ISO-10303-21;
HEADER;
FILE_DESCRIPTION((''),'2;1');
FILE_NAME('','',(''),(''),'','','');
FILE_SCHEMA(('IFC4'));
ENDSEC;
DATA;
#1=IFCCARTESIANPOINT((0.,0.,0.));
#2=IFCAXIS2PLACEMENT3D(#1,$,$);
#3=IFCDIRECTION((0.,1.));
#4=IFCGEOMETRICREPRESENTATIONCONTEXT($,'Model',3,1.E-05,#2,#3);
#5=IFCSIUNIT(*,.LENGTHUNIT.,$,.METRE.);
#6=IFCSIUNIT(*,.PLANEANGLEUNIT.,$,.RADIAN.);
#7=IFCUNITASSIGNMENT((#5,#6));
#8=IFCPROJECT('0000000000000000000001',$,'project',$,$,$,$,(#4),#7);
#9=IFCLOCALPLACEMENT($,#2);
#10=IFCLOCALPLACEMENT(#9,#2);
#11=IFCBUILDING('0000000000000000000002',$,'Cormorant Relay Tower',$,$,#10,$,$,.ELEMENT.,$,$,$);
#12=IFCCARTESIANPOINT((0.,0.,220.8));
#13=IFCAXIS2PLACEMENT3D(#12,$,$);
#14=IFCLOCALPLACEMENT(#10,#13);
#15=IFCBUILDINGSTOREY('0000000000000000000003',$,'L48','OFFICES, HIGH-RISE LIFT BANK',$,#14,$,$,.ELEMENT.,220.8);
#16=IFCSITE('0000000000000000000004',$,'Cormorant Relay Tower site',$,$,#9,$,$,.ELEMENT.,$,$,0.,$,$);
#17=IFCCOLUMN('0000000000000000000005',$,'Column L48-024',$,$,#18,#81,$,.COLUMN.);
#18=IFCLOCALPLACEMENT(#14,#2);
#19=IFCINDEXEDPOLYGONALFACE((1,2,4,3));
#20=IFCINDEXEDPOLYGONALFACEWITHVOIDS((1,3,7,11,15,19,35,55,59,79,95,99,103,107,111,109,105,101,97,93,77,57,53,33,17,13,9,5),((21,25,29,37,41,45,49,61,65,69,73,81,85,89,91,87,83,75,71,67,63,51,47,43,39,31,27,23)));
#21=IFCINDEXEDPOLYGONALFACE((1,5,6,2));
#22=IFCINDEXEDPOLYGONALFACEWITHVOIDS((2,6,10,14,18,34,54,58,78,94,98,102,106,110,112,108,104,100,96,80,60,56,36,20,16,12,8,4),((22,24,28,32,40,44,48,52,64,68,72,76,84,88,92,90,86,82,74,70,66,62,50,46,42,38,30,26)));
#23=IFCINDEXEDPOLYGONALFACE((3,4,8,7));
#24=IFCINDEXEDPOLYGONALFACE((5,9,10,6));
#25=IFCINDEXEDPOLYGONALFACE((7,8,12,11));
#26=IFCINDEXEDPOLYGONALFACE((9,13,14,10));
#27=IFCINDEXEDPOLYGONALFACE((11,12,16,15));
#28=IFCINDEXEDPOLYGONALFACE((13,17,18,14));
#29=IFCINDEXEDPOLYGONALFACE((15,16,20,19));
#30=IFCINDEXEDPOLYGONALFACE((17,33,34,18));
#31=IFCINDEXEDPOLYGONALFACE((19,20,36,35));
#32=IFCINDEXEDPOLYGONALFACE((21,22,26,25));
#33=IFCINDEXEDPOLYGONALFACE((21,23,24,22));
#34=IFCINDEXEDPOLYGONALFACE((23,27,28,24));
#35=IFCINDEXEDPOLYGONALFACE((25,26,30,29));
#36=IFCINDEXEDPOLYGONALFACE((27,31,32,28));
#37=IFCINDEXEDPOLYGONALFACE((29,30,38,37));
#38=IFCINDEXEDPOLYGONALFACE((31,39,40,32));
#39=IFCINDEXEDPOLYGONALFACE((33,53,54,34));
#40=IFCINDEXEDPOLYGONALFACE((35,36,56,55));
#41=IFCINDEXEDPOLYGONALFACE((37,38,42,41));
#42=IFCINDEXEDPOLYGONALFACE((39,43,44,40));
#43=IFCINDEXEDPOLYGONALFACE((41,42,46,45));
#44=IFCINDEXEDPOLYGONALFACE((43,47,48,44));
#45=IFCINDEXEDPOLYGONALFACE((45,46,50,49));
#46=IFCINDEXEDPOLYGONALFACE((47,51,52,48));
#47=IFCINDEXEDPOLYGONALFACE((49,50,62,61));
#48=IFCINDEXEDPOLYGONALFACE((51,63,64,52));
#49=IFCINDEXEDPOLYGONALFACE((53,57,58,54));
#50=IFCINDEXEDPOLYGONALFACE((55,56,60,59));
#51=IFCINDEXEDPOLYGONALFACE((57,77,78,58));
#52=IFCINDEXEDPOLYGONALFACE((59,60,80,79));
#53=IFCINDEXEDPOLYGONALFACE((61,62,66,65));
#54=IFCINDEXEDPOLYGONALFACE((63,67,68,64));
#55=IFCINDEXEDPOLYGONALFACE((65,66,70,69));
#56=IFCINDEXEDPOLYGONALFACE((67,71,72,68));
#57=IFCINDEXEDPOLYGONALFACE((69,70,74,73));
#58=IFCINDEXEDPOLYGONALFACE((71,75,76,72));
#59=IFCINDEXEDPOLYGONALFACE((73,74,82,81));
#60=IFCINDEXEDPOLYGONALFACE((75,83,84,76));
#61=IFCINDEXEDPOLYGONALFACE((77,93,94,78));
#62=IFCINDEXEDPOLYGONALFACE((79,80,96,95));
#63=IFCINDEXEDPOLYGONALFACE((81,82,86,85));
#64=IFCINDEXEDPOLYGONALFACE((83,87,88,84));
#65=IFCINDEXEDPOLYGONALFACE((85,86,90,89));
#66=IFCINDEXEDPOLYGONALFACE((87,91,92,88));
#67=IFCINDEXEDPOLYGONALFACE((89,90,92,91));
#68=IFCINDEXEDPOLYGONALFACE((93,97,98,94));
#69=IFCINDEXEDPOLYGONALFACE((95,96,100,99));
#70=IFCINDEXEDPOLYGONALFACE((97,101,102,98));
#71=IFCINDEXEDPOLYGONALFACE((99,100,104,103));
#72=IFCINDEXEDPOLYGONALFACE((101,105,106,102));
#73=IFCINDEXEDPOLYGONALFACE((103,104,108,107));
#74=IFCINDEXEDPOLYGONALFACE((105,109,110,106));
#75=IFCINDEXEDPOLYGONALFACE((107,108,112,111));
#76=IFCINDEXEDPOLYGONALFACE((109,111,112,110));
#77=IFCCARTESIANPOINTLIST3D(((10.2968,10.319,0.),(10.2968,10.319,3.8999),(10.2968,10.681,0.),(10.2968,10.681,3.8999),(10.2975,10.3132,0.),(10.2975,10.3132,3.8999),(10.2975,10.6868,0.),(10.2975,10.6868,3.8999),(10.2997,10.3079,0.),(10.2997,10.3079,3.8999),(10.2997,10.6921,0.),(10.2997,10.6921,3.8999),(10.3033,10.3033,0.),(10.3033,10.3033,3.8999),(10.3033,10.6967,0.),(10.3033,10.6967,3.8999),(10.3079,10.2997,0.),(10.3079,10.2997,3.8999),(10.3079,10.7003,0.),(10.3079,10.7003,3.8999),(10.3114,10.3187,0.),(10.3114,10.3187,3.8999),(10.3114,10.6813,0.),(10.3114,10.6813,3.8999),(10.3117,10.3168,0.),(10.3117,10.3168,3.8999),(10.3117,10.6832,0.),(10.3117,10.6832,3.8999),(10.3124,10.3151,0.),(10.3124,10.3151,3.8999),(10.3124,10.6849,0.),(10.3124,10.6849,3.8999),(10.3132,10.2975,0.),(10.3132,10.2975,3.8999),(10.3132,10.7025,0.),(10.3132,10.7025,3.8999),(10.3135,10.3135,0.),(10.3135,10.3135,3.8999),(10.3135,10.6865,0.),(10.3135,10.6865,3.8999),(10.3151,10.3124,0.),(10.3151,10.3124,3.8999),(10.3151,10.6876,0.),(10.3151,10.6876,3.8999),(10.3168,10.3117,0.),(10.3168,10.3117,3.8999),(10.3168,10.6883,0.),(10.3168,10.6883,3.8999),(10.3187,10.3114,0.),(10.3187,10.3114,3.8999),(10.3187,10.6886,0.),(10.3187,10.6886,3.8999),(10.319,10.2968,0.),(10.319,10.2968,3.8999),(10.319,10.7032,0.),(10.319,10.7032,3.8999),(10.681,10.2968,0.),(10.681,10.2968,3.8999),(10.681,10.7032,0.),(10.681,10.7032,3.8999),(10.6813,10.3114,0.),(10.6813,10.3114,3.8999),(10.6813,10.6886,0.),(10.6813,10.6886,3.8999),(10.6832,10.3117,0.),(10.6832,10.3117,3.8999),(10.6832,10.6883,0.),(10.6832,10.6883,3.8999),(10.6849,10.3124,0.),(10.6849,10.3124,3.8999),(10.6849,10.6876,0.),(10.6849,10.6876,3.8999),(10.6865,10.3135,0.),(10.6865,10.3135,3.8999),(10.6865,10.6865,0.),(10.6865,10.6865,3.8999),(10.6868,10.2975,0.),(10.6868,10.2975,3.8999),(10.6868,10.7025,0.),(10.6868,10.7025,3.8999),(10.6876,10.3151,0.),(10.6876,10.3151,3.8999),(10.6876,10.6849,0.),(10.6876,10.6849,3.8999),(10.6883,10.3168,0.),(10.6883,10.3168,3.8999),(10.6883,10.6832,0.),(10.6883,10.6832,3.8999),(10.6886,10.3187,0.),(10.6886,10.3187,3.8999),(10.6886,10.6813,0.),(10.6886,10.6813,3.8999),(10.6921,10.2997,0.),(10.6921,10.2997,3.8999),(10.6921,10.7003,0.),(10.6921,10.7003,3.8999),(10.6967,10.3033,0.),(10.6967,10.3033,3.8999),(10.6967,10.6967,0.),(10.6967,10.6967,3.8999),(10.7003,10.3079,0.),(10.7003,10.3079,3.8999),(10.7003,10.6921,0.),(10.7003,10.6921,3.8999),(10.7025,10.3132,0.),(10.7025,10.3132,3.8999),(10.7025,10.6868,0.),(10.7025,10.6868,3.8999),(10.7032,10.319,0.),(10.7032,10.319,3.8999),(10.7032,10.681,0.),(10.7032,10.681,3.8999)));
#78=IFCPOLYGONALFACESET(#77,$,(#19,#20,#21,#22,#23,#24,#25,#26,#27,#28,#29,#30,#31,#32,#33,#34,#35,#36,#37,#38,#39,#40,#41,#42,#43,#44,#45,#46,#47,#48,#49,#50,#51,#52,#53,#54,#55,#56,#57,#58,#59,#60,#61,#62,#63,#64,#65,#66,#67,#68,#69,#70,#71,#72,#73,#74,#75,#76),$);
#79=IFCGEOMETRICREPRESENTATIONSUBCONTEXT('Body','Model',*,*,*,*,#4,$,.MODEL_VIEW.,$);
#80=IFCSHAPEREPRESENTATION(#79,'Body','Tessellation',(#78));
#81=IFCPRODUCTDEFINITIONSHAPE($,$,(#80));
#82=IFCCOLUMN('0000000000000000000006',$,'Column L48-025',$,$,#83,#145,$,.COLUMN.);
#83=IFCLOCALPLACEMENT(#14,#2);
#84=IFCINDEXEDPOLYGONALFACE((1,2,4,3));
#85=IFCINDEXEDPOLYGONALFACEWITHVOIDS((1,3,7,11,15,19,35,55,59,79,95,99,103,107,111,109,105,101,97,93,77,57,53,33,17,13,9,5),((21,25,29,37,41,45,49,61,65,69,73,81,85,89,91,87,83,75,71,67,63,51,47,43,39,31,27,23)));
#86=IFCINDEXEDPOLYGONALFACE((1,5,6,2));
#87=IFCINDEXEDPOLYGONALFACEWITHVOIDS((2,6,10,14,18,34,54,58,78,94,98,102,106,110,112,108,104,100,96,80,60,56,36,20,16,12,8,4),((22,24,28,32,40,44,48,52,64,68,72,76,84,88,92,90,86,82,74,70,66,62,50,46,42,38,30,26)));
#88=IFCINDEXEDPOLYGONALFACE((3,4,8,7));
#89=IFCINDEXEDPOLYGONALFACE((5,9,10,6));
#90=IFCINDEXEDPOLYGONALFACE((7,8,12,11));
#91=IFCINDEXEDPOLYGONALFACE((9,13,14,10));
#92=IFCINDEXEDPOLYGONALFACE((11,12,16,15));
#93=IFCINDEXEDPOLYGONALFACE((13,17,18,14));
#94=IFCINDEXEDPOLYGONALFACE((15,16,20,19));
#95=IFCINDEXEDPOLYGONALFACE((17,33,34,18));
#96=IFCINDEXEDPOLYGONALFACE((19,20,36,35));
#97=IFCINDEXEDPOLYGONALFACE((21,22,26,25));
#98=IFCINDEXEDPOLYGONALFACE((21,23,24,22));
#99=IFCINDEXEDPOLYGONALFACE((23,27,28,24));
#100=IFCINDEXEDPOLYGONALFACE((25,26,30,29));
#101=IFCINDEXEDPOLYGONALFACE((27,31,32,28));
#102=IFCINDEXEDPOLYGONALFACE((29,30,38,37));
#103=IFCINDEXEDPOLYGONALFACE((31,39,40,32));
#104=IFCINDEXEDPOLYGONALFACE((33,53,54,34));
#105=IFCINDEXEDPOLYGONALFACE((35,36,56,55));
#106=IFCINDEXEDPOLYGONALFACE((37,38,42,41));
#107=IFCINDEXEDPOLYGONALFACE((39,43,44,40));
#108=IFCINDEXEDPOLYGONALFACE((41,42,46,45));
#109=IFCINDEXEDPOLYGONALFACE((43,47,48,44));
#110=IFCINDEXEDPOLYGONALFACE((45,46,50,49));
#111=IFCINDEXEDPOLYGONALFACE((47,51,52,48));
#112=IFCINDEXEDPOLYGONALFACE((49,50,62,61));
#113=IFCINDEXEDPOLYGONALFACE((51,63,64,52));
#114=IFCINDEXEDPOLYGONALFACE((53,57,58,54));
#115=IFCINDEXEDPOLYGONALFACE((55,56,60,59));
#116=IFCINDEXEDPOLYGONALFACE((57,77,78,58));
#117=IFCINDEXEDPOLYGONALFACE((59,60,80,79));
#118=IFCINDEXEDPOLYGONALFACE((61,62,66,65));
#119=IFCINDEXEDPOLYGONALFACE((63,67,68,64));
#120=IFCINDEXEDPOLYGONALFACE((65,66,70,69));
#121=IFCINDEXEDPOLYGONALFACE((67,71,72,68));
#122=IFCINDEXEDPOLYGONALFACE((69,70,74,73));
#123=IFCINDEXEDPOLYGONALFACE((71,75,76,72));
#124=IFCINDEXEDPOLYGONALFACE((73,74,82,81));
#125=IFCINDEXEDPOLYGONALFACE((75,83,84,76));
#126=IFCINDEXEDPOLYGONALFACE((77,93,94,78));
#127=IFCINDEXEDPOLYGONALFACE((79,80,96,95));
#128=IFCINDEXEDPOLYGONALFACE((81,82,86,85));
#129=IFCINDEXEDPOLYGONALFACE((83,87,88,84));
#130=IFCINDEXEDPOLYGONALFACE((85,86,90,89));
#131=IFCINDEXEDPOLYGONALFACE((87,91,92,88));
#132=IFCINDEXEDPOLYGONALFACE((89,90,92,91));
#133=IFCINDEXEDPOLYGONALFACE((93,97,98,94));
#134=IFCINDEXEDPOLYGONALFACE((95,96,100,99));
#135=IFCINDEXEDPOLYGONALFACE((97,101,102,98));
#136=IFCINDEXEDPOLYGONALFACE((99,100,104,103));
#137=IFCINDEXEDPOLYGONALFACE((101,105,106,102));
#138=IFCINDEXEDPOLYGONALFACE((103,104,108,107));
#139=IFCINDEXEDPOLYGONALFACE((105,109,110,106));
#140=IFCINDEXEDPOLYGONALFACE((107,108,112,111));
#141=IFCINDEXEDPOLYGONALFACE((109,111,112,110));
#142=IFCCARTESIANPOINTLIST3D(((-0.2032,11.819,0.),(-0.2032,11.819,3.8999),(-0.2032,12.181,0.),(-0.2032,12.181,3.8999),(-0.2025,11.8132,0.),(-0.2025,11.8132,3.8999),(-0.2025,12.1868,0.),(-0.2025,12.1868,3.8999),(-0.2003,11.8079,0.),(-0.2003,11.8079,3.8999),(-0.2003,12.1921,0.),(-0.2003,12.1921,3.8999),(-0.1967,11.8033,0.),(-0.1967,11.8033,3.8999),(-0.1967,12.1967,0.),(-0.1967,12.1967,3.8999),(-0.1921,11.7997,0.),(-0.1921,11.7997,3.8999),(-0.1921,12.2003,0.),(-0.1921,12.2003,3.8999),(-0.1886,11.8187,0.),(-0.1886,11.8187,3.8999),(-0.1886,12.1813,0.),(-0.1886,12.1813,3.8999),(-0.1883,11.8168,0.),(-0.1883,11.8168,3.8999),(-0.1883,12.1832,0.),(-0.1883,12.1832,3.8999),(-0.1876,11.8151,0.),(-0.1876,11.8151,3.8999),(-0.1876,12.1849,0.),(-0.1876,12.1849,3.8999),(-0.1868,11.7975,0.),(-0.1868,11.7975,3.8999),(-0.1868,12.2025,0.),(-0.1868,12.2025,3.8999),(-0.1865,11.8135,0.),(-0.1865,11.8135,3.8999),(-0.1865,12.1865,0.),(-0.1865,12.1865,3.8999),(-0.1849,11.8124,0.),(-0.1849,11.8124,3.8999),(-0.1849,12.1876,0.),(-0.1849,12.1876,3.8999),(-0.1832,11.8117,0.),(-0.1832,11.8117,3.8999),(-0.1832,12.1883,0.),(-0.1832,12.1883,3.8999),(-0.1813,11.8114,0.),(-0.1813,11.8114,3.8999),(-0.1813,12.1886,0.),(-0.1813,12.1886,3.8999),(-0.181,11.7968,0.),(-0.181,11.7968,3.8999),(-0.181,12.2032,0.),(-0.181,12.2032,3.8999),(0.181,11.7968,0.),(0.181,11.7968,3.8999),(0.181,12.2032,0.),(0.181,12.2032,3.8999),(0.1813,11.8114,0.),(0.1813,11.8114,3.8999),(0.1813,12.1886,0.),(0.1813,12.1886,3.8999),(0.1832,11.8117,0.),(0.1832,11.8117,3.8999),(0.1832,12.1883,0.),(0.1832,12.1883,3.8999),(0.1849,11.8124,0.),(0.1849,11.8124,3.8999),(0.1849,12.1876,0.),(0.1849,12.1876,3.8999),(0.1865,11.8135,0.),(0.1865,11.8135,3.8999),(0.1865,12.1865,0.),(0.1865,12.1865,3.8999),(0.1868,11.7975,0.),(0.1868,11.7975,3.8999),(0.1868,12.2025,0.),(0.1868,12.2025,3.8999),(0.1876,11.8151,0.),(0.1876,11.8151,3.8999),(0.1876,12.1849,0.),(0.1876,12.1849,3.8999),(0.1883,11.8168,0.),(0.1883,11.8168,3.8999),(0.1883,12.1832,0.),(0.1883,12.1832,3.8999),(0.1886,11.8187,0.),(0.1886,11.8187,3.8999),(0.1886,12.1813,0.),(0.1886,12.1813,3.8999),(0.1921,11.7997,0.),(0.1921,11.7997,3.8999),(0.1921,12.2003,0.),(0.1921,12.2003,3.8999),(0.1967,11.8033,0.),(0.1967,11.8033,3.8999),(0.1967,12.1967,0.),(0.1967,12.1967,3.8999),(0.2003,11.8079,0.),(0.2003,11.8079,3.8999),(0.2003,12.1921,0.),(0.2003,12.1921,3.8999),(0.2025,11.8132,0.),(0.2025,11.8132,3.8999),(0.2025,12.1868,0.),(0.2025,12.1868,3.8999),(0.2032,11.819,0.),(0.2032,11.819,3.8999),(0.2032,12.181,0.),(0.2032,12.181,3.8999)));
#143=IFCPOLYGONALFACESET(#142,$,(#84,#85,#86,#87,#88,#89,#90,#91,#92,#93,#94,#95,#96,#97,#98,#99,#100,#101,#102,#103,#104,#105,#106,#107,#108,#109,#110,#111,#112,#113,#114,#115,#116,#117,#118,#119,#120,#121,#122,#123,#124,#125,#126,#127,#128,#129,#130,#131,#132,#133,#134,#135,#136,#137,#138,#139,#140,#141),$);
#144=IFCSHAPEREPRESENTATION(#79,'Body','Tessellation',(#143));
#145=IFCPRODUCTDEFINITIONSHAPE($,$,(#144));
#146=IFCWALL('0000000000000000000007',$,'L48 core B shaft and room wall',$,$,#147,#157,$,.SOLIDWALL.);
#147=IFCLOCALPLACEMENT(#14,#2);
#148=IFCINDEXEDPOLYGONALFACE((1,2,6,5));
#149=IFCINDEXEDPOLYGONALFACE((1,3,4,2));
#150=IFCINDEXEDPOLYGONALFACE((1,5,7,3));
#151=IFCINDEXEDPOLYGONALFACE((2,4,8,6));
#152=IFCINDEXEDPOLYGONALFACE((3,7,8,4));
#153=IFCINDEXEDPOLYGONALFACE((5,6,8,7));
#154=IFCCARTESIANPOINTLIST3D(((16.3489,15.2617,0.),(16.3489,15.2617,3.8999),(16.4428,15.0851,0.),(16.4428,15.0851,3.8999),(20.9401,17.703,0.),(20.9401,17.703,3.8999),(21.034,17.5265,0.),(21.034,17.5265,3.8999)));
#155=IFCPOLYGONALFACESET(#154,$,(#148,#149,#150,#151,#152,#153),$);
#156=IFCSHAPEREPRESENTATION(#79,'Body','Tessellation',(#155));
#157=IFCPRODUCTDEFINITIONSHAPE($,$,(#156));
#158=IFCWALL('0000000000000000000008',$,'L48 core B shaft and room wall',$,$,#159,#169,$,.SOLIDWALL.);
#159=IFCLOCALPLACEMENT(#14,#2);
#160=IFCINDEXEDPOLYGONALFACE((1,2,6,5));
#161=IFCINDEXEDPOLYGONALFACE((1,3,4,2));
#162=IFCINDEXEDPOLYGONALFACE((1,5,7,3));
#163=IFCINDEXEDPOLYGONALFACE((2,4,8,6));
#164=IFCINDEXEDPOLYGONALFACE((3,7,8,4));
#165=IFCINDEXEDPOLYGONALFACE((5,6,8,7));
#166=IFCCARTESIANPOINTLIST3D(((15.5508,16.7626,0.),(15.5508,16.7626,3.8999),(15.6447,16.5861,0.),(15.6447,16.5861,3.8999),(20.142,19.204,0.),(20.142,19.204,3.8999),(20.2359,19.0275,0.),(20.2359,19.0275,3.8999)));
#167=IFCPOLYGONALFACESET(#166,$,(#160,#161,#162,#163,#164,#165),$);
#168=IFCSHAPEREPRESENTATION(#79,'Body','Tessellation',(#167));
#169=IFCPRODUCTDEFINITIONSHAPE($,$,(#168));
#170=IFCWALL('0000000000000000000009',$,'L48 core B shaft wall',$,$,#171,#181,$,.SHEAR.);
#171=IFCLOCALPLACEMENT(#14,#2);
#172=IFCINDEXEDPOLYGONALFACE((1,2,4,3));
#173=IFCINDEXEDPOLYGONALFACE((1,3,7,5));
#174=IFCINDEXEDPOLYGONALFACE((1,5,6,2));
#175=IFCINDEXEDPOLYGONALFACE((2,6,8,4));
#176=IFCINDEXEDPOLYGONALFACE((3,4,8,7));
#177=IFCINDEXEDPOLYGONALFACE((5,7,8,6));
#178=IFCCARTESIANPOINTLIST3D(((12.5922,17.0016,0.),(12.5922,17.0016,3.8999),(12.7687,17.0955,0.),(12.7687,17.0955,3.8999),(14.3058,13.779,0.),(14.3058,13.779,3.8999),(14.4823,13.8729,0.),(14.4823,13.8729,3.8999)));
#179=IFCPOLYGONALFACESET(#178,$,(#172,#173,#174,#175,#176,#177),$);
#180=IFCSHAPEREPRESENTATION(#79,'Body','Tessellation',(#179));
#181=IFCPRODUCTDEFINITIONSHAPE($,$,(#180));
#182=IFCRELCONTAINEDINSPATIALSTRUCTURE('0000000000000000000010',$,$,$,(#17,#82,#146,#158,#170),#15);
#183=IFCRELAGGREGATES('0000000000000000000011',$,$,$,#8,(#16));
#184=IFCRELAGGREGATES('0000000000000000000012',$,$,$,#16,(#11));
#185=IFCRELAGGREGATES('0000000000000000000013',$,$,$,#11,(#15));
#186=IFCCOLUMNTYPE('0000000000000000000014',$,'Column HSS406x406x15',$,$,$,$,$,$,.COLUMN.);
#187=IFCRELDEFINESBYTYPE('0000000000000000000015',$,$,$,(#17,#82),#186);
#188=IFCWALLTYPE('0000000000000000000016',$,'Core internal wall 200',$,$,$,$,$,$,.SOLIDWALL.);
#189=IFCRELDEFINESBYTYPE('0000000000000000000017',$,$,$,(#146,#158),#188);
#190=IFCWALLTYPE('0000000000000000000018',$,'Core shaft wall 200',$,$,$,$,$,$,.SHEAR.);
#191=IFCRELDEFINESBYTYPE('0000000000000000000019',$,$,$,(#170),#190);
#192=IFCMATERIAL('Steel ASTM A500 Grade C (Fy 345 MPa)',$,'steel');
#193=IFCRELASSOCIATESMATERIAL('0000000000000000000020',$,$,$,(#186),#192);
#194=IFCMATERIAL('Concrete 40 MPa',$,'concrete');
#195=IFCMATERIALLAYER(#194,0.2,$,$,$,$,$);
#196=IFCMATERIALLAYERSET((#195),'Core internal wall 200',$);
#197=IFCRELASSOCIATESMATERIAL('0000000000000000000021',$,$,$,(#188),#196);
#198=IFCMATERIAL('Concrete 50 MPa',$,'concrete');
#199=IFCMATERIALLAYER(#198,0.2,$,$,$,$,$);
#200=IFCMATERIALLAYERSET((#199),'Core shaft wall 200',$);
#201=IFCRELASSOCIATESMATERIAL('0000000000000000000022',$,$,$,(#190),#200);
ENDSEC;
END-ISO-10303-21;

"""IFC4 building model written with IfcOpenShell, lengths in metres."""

from ifc_helpers import new_model, si_unit, direction, frame, frame_2d, origin, origin_2d, place, context, subcontext, project, spatial, rectangle, hollow_rectangle, extrude, material, layer, layer_set, material_profile, profile_set, type_object, element, save


model = new_model("IFC4")

# Units and contexts
model_context = context("Model", 3, precision=1e-05, world=origin(), true_north=direction((0.0, 1.0)))
body_context = subcontext(model_context, "Body", "Model", "MODEL_VIEW")
ifc_project = project(units=[si_unit("LENGTHUNIT", "METRE"), si_unit("PLANEANGLEUNIT", "RADIAN")], contexts=[model_context])

# Site, building, storey
site_placement = place(None, origin())
site = spatial("IfcSite", under=ifc_project, at=site_placement, Name="Cormorant Relay Tower site", CompositionType="ELEMENT", RefElevation=0.0)
building_placement = place(site_placement, origin())
building = spatial("IfcBuilding", under=site, at=building_placement, Name="Cormorant Relay Tower", CompositionType="ELEMENT")
storey_placement = place(building_placement, frame((0.0, 0.0, 220.8)))
storey = spatial("IfcBuildingStorey", under=building, at=storey_placement, Name="L48", Description="OFFICES, HIGH-RISE LIFT BANK", CompositionType="ELEMENT", Elevation=220.8)

# Columns
ifc_material_1 = material(Name="Steel ASTM A500 Grade C (Fy 345 MPa)", Category="steel")
ifc_material_profile = material_profile(ifc_material_1, hollow_rectangle(XDim=0.4065, YDim=0.4065, WallThickness=0.0146, InnerFilletRadius=0.0073, OuterFilletRadius=0.0222, at=origin_2d()), Name="HSS406x406x15")
ifc_profile_set = profile_set([ifc_material_profile], Name="Steel ASTM A500 Grade C (Fy 345 MPa)")
column_type = type_object("IfcColumnType", Name="Column HSS406x406x15", PredefinedType="COLUMN", material=ifc_profile_set)
for number, where, z_axis, x_axis, name in (
    (1, (10.5, 10.5, 0.0), (0.0, 0.0, 1.0), (1.0, 0.0, 0.0), "Column L48-024"),
    (2, (0.0, 12.0, 0.0), (0.0, 0.0, 1.0), (1.0, 0.0, 0.0), "Column L48-025"),
):
    element("IfcColumn", number, at=place(storey_placement, frame(where, z_axis=z_axis, x_axis=x_axis)), inside=storey, type_object=column_type, Name=name, PredefinedType="COLUMN", context=body_context, shape_type="SweptSolid", body=[
        extrude(hollow_rectangle(XDim=0.4065, YDim=0.4065, WallThickness=0.0146, InnerFilletRadius=0.0073, OuterFilletRadius=0.0222, at=origin_2d()), origin(), (0.0, 0.0, 1.0), 3.8999),
    ])

# Walls
ifc_material_2 = material(Name="Concrete 40 MPa", Category="concrete")
ifc_layer_1 = layer(ifc_material_2, 0.2)
ifc_layer_set_1 = layer_set([ifc_layer_1], Name="Core internal wall 200")
wall_type_1 = type_object("IfcWallType", Name="Core internal wall 200", PredefinedType="SOLIDWALL", material=ifc_layer_set_1)
for number, where, z_axis, x_axis, name in (
    (3, (16.3958, 15.1733, 0.0), (0.0, 0.0, 1.0), (0.882935, 0.469496, 0.0), "L48 core B shaft and room wall"),
    (4, (15.5977, 16.6743, 0.0), (0.0, 0.0, 1.0), (0.882935, 0.469496, 0.0), "L48 core B shaft and room wall"),
):
    element("IfcWall", number, at=place(storey_placement, frame(where, z_axis=z_axis, x_axis=x_axis)), inside=storey, type_object=wall_type_1, Name=name, PredefinedType="SOLIDWALL", context=body_context, shape_type="SweptSolid", body=[
        extrude(rectangle(XDim=5.2, YDim=0.2, at=frame_2d((2.6001, 0.0))), origin(), (0.0, 0.0, 1.0), 3.8999),
    ])
ifc_material_3 = material(Name="Concrete 50 MPa", Category="concrete")
ifc_layer_2 = layer(ifc_material_3, 0.2)
ifc_layer_set_2 = layer_set([ifc_layer_2], Name="Core shaft wall 200")
wall_type_2 = type_object("IfcWallType", Name="Core shaft wall 200", PredefinedType="SHEAR", material=ifc_layer_set_2)
wall_1_placement = place(storey_placement, frame((14.394, 13.8259, 0.0), z_axis=(0.0, 0.0, 1.0), x_axis=(-0.469494, 0.882936, 0.0)))
element("IfcWall", 5, at=wall_1_placement, inside=storey, type_object=wall_type_2, Name="L48 core B shaft wall", PredefinedType="SHEAR", context=body_context, shape_type="SweptSolid", body=[
    extrude(rectangle(XDim=3.6499, YDim=0.2, at=frame_2d((1.825, 0.0))), origin(), (0.0, 0.0, 1.0), 3.8999),
])

save(model, "model.ifc")
